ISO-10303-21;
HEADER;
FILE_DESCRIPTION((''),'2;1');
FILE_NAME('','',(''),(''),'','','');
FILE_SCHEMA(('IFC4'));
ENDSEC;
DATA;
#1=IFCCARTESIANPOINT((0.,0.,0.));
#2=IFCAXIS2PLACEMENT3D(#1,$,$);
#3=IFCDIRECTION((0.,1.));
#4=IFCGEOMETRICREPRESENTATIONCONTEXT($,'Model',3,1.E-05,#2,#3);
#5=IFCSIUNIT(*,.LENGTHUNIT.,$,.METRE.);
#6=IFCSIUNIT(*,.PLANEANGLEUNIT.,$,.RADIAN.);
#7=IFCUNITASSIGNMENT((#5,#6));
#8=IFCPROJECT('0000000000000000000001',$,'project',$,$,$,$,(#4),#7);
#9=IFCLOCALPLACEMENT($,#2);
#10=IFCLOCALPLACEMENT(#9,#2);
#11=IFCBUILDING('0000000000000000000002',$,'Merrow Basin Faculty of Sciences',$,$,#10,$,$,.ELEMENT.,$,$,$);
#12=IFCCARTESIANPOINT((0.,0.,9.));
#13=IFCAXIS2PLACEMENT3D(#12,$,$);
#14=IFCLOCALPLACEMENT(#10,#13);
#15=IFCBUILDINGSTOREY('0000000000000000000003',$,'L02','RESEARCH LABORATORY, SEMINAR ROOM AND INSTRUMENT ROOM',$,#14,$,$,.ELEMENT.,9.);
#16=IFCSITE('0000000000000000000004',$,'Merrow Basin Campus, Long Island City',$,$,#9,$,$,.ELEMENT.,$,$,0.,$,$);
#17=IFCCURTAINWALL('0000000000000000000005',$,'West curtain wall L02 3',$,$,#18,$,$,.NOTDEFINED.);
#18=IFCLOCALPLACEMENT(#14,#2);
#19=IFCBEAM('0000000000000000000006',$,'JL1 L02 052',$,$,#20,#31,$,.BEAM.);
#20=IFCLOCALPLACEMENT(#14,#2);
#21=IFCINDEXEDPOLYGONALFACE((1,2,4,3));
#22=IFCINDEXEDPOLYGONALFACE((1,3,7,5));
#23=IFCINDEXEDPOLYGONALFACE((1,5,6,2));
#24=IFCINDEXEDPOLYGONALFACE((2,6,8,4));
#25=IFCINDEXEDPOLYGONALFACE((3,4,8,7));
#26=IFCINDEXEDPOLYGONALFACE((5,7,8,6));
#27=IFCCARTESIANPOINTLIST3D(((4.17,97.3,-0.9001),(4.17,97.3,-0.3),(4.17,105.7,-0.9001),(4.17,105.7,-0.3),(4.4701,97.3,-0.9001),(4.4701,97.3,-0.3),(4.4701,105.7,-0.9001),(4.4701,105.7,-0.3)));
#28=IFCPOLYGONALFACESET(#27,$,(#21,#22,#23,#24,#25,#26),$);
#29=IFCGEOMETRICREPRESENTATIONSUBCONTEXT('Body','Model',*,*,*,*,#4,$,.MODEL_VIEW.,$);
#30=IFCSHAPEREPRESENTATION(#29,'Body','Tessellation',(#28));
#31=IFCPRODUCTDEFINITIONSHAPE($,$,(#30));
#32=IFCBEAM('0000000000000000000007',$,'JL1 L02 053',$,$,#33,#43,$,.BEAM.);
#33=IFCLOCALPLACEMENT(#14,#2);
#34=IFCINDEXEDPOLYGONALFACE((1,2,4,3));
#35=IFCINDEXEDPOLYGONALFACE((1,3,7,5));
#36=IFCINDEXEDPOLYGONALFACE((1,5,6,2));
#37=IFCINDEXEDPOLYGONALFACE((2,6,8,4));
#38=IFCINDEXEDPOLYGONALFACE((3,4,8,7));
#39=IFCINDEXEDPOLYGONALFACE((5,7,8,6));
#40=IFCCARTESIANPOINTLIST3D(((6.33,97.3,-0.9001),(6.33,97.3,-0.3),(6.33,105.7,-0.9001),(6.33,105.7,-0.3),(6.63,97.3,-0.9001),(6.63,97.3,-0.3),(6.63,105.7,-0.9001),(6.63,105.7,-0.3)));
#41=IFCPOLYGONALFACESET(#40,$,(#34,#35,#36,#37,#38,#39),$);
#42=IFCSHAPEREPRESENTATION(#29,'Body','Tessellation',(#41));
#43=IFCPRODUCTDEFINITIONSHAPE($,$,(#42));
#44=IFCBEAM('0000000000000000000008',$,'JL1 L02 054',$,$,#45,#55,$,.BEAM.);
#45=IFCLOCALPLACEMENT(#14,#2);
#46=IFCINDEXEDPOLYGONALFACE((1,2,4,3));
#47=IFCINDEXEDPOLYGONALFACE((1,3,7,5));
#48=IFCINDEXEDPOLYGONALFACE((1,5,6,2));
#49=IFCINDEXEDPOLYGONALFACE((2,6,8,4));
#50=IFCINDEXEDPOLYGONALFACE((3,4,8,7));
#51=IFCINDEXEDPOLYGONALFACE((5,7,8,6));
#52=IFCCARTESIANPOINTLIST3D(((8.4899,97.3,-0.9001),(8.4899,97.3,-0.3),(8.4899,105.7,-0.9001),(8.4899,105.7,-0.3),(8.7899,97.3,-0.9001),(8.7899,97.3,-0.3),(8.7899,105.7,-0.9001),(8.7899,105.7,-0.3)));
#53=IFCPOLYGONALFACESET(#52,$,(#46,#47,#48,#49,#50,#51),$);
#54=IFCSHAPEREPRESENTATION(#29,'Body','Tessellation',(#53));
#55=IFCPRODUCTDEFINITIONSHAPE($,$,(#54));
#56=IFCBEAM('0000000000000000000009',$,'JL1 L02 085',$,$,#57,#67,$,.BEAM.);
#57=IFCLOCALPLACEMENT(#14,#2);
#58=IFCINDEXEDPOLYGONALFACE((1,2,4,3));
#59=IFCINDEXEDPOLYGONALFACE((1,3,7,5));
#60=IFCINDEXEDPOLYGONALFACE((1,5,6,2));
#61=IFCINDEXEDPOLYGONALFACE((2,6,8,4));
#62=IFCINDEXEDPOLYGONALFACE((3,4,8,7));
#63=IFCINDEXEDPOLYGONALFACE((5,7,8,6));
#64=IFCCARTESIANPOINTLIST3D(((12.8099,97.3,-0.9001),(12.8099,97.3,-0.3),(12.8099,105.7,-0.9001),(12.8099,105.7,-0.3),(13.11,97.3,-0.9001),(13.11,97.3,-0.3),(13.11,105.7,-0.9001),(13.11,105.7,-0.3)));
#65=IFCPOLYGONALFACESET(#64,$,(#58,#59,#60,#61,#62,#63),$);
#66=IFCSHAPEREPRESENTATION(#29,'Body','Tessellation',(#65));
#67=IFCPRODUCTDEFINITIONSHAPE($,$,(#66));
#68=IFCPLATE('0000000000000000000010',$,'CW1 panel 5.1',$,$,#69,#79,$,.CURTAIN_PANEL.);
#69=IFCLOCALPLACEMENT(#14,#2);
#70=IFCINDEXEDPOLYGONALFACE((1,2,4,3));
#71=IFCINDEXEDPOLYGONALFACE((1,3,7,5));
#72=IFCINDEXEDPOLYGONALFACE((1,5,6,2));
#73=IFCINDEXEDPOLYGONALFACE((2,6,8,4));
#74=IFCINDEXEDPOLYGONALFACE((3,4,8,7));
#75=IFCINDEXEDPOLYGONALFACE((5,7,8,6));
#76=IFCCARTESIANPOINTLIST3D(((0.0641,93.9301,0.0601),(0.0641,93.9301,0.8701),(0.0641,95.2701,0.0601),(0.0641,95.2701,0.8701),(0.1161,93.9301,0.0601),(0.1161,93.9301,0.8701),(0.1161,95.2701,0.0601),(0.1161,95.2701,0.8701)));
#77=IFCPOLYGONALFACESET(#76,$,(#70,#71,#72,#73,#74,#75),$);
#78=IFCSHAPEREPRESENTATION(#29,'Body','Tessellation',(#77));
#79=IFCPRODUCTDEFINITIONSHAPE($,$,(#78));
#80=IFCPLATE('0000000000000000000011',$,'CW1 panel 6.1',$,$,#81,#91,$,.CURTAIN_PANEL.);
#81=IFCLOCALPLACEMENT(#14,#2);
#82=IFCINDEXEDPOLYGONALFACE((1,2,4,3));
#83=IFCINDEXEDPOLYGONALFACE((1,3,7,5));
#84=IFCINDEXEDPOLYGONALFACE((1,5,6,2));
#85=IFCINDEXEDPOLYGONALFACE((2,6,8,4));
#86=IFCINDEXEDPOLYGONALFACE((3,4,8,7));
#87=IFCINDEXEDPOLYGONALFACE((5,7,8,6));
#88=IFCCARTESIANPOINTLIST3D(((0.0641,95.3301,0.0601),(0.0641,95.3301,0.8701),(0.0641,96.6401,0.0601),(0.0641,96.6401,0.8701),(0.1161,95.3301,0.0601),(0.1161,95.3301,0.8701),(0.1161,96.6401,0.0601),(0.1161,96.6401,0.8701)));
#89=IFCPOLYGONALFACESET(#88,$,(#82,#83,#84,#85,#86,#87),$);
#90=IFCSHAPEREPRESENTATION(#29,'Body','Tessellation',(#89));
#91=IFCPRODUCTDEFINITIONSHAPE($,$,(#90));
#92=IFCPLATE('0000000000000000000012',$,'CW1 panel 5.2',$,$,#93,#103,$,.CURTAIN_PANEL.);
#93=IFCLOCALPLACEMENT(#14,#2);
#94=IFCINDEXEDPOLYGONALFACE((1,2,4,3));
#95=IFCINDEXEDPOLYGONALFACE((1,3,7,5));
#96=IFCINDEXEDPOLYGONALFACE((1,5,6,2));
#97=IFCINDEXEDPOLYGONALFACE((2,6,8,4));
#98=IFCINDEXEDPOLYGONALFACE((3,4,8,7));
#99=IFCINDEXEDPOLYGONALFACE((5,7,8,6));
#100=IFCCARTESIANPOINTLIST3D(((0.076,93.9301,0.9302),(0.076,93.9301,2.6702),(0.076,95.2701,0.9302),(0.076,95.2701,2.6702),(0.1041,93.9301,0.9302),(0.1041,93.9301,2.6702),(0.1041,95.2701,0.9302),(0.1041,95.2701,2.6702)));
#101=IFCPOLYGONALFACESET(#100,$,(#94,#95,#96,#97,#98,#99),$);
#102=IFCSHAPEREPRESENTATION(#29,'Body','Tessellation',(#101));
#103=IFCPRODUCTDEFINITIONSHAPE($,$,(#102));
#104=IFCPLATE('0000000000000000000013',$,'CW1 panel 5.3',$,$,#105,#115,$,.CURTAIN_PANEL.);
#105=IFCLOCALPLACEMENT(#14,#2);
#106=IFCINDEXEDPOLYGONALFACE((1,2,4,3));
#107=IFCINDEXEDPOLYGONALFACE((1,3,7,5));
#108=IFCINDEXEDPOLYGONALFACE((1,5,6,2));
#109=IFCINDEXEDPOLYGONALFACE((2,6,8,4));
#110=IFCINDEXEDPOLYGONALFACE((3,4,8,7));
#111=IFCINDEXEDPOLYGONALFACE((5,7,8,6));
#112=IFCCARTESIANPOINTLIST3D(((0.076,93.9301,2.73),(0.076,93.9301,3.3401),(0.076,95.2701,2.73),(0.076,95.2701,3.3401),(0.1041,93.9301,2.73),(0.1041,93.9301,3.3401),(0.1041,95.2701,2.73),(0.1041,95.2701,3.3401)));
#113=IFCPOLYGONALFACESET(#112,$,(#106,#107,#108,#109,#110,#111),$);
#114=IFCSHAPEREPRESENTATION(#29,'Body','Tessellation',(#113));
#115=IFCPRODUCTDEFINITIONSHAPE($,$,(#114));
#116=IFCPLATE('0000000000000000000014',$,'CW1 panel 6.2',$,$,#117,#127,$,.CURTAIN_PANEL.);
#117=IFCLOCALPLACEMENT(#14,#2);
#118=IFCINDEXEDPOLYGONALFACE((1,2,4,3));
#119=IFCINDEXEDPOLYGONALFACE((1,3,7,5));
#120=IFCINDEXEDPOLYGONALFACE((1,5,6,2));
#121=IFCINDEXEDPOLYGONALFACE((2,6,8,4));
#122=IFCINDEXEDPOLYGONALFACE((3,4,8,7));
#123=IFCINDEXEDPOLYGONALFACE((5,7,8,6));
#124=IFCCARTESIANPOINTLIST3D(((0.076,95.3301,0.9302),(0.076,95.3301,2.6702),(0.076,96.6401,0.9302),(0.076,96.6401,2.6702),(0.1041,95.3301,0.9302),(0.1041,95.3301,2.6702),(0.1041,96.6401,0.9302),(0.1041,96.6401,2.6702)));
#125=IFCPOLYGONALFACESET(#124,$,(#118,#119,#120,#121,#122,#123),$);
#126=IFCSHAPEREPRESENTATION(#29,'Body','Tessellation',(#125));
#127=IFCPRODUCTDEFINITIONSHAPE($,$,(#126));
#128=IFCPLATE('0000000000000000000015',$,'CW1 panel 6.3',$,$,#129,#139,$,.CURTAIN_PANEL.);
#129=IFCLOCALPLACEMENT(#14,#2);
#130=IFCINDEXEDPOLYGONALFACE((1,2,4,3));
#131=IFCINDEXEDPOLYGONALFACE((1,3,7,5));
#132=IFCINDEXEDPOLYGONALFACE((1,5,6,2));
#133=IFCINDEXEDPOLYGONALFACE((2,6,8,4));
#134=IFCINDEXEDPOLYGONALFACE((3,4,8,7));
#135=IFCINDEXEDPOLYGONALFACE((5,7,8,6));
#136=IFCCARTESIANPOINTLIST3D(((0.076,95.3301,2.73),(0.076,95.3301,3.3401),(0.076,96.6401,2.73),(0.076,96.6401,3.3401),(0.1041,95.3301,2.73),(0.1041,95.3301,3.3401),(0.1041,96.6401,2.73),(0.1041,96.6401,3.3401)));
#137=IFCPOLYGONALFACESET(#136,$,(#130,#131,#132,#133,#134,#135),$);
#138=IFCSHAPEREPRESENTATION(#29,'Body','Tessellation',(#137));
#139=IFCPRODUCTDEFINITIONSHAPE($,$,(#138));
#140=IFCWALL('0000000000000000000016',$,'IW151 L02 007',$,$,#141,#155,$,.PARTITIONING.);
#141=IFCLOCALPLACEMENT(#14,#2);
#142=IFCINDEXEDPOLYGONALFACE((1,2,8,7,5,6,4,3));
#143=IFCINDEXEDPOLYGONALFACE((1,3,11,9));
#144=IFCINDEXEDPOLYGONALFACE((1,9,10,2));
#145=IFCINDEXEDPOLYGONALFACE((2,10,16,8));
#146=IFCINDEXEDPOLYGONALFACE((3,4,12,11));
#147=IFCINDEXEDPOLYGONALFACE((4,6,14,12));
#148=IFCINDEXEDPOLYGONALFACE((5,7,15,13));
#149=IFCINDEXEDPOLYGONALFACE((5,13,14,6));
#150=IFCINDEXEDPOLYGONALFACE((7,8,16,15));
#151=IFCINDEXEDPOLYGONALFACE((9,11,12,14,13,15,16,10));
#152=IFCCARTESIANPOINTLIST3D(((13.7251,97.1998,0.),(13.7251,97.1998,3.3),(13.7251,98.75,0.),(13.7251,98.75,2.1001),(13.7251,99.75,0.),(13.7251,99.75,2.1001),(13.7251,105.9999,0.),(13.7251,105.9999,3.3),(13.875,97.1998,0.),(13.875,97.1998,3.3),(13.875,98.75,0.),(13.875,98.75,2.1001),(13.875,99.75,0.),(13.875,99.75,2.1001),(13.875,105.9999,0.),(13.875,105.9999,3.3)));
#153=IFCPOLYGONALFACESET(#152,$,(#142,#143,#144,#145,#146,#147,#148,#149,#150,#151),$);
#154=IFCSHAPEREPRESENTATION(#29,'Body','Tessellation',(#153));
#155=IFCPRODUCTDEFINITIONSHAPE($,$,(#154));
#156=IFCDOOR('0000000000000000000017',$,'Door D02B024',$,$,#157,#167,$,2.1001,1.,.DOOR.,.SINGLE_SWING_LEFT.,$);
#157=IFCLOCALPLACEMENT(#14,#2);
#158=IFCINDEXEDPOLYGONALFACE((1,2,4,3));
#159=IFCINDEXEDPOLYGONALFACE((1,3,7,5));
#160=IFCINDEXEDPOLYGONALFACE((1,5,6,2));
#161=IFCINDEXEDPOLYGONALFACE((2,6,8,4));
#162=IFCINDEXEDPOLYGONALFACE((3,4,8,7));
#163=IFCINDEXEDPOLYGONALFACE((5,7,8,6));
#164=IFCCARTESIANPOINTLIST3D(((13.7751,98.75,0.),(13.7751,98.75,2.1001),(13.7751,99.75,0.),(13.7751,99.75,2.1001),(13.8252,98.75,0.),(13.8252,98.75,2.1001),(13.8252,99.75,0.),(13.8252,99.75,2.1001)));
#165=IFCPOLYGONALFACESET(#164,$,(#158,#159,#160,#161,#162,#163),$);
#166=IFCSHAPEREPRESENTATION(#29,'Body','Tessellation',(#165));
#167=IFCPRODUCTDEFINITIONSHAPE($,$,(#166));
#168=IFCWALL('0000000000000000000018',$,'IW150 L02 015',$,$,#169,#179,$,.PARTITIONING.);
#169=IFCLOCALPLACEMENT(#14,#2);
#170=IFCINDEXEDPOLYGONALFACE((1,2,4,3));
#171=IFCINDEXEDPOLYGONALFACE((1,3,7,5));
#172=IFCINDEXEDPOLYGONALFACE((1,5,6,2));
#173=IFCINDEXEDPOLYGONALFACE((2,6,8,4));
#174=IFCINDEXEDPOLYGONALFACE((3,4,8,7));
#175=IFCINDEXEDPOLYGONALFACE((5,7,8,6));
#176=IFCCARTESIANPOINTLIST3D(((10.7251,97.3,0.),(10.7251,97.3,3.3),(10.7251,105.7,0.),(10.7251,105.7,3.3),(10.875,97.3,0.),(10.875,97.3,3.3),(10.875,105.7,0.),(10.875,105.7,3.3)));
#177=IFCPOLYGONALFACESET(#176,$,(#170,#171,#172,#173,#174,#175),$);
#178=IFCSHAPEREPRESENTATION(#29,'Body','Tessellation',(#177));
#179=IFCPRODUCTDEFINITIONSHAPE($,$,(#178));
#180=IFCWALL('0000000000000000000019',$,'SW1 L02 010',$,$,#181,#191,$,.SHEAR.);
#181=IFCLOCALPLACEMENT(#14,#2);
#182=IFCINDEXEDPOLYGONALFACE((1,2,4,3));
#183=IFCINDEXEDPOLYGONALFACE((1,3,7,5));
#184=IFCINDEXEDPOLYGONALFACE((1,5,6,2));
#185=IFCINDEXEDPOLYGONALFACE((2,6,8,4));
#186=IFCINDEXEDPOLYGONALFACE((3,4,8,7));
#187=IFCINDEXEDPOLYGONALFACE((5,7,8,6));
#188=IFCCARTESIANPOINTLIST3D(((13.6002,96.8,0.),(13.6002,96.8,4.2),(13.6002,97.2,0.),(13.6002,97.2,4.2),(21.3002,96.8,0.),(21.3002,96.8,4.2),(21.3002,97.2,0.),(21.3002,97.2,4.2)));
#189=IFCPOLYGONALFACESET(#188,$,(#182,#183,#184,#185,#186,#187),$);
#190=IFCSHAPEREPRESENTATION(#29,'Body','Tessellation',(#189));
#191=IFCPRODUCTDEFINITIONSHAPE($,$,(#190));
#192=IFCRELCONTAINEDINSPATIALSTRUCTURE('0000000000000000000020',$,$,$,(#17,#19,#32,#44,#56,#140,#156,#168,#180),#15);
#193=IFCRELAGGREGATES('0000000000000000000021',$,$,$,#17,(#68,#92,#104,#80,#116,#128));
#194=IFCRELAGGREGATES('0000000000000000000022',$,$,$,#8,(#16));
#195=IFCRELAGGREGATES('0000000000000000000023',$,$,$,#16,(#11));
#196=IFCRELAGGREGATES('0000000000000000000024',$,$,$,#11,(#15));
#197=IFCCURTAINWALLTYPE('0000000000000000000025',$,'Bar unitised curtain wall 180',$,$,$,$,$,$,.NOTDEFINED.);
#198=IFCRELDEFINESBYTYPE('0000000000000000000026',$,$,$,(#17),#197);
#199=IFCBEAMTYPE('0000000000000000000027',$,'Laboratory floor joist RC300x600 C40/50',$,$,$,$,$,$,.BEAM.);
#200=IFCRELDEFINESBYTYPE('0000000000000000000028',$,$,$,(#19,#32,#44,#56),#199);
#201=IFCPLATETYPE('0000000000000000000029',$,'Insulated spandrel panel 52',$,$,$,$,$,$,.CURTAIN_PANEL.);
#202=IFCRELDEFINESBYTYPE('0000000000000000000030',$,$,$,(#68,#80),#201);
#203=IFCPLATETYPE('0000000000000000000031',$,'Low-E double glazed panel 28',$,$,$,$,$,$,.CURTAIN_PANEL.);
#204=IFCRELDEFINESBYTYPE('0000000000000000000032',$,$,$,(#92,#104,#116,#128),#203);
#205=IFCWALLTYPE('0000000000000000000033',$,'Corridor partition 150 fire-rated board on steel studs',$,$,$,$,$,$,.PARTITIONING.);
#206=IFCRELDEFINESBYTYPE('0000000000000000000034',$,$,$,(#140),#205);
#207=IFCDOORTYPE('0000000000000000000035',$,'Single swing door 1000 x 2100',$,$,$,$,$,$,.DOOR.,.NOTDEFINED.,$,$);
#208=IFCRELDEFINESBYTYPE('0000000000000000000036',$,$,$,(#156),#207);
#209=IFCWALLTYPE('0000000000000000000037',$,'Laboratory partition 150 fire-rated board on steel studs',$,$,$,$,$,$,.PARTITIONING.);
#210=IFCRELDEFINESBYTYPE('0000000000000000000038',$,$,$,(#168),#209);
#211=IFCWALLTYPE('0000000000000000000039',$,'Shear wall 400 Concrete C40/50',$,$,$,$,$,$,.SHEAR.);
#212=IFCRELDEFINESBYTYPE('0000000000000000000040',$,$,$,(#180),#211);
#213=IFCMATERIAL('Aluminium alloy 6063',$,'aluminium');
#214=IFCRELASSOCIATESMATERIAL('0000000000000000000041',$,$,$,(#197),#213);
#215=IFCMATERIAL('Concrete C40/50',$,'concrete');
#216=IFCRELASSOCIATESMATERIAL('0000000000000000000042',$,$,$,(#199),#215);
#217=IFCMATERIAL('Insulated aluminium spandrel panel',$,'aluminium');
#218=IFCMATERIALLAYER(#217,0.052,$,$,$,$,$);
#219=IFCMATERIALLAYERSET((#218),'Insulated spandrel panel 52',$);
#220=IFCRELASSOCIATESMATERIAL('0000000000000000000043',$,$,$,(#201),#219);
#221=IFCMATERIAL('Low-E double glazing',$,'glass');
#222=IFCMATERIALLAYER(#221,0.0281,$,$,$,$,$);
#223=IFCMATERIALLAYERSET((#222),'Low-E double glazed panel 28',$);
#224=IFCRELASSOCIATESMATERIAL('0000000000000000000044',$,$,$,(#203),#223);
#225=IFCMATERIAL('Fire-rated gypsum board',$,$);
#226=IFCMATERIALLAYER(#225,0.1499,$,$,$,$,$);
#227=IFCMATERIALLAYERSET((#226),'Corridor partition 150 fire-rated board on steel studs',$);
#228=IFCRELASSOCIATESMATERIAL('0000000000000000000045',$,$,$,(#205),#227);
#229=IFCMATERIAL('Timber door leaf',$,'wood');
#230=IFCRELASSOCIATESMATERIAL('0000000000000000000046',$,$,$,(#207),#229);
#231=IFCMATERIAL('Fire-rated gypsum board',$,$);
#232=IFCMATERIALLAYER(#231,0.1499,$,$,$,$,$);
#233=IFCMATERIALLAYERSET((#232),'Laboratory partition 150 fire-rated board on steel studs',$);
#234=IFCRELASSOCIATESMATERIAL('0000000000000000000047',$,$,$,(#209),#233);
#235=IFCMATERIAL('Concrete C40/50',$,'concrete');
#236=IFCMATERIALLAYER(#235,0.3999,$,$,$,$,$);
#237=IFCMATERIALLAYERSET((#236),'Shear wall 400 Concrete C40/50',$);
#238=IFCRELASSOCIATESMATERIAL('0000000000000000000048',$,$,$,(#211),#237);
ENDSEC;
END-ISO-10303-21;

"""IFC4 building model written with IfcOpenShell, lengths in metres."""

from ifc_helpers import new_model, si_unit, direction, frame, frame_2d, origin, origin_2d, place, context, subcontext, project, spatial, rectangle, extrude, material, layer, layer_set, material_profile, profile_set, type_object, element, fill, aggregate, save


model = new_model("IFC4")

# Units and contexts
model_context = context("Model", 3, precision=1e-05, world=origin(), true_north=direction((0.0, 1.0)))
body_context = subcontext(model_context, "Body", "Model", "MODEL_VIEW")
ifc_project = project(units=[si_unit("LENGTHUNIT", "METRE"), si_unit("PLANEANGLEUNIT", "RADIAN")], contexts=[model_context])

# Site, building, storey
site_placement = place(None, origin())
site = spatial("IfcSite", under=ifc_project, at=site_placement, Name="Merrow Basin Campus, Long Island City", CompositionType="ELEMENT", RefElevation=0.0)
building_placement = place(site_placement, origin())
building = spatial("IfcBuilding", under=site, at=building_placement, Name="Merrow Basin Faculty of Sciences", CompositionType="ELEMENT")
storey_placement = place(building_placement, frame((0.0, 0.0, 9.0)))
storey = spatial("IfcBuildingStorey", under=building, at=storey_placement, Name="L02", Description="RESEARCH LABORATORY, SEMINAR ROOM AND INSTRUMENT ROOM", CompositionType="ELEMENT", Elevation=9.0)

# Curtain wall
ifc_material_1 = material(Name="Aluminium alloy 6063", Category="aluminium")
curtain_wall_type = type_object("IfcCurtainWallType", Name="Bar unitised curtain wall 180", PredefinedType="NOTDEFINED", material=ifc_material_1)
curtain_wall_1_placement = place(storey_placement, origin())
curtain_wall_1 = element("IfcCurtainWall", 1, at=curtain_wall_1_placement, inside=storey, type_object=curtain_wall_type, Name="West curtain wall L02 3", PredefinedType="NOTDEFINED")

# Beams
ifc_material_2 = material(Name="Concrete C40/50", Category="concrete")
ifc_material_profile_1 = material_profile(ifc_material_2, rectangle(XDim=0.3, YDim=0.6001, at=origin_2d()))
ifc_profile_set_1 = profile_set([ifc_material_profile_1], Name="Concrete C40/50")
beam_type_1 = type_object("IfcBeamType", Name="Laboratory floor joist RC300x600 C40/50", PredefinedType="BEAM", material=ifc_profile_set_1)
for number, where, z_axis, x_axis, name in (
    (2, (4.3201, 97.3, -0.6001), (0.0, 1.0, 0.0), (-1.0, 0.0, 0.0), "JL1 L02 052"),
    (3, (6.48, 97.3, -0.6001), (0.0, 1.0, 0.0), (-1.0, 0.0, 0.0), "JL1 L02 053"),
    (4, (8.6399, 97.3, -0.6001), (0.0, 1.0, 0.0), (-1.0, 0.0, 0.0), "JL1 L02 054"),
    (5, (12.96, 97.3, -0.6001), (0.0, 1.0, 0.0), (-1.0, 0.0, 0.0), "JL1 L02 085"),
):
    element("IfcBeam", number, at=place(storey_placement, frame(where, z_axis=z_axis, x_axis=x_axis)), inside=storey, type_object=beam_type_1, Name=name, PredefinedType="BEAM", context=body_context, shape_type="SweptSolid", body=[
        extrude(rectangle(XDim=0.3, YDim=0.6001, at=origin_2d()), origin(), (0.0, 0.0, 1.0), 8.3999),
    ])

# Plates
ifc_material_3 = material(Name="Insulated aluminium spandrel panel", Category="aluminium")
ifc_layer_1 = layer(ifc_material_3, 0.052)
ifc_layer_set_1 = layer_set([ifc_layer_1], Name="Insulated spandrel panel 52")
plate_type_1 = type_object("IfcPlateType", Name="Insulated spandrel panel 52", PredefinedType="CURTAIN_PANEL", material=ifc_layer_set_1)
plate_1_placement = place(storey_placement, frame((0.0901, 94.6001, 0.0601), z_axis=(0.0, 0.0, 1.0), x_axis=(0.0, 1.0, 0.0)))
plate_1 = element("IfcPlate", 6, at=plate_1_placement, type_object=plate_type_1, Name="CW1 panel 5.1", PredefinedType="CURTAIN_PANEL", context=body_context, shape_type="SweptSolid", body=[
    extrude(rectangle(XDim=1.3401, YDim=0.052, at=origin_2d()), origin(), (0.0, 0.0, 1.0), 0.8101),
])
plate_2_placement = place(storey_placement, frame((0.0901, 95.9851, 0.0601), z_axis=(0.0, 0.0, 1.0), x_axis=(0.0, 1.0, 0.0)))
plate_2 = element("IfcPlate", 7, at=plate_2_placement, type_object=plate_type_1, Name="CW1 panel 6.1", PredefinedType="CURTAIN_PANEL", context=body_context, shape_type="SweptSolid", body=[
    extrude(rectangle(XDim=1.3101, YDim=0.052, at=origin_2d()), origin(), (0.0, 0.0, 1.0), 0.8101),
])
ifc_material_4 = material(Name="Low-E double glazing", Category="glass")
ifc_layer_2 = layer(ifc_material_4, 0.0281)
ifc_layer_set_2 = layer_set([ifc_layer_2], Name="Low-E double glazed panel 28")
plate_type_2 = type_object("IfcPlateType", Name="Low-E double glazed panel 28", PredefinedType="CURTAIN_PANEL", material=ifc_layer_set_2)
plate_3_placement = place(storey_placement, frame((0.0901, 94.6001, 0.9302), z_axis=(0.0, 0.0, 1.0), x_axis=(0.0, 1.0, 0.0)))
plate_3 = element("IfcPlate", 8, at=plate_3_placement, type_object=plate_type_2, Name="CW1 panel 5.2", PredefinedType="CURTAIN_PANEL", context=body_context, shape_type="SweptSolid", body=[
    extrude(rectangle(XDim=1.3401, YDim=0.0281, at=origin_2d()), origin(), (0.0, 0.0, 1.0), 1.74),
])
plate_4_placement = place(storey_placement, frame((0.0901, 94.6001, 2.73), z_axis=(0.0, 0.0, 1.0), x_axis=(0.0, 1.0, 0.0)))
plate_4 = element("IfcPlate", 9, at=plate_4_placement, type_object=plate_type_2, Name="CW1 panel 5.3", PredefinedType="CURTAIN_PANEL", context=body_context, shape_type="SweptSolid", body=[
    extrude(rectangle(XDim=1.3401, YDim=0.0281, at=origin_2d()), origin(), (0.0, 0.0, 1.0), 0.6101),
])
plate_5_placement = place(storey_placement, frame((0.0901, 95.9851, 0.9302), z_axis=(0.0, 0.0, 1.0), x_axis=(0.0, 1.0, 0.0)))
plate_5 = element("IfcPlate", 10, at=plate_5_placement, type_object=plate_type_2, Name="CW1 panel 6.2", PredefinedType="CURTAIN_PANEL", context=body_context, shape_type="SweptSolid", body=[
    extrude(rectangle(XDim=1.3101, YDim=0.0281, at=origin_2d()), origin(), (0.0, 0.0, 1.0), 1.74),
])
plate_6_placement = place(storey_placement, frame((0.0901, 95.9851, 2.73), z_axis=(0.0, 0.0, 1.0), x_axis=(0.0, 1.0, 0.0)))
plate_6 = element("IfcPlate", 11, at=plate_6_placement, type_object=plate_type_2, Name="CW1 panel 6.3", PredefinedType="CURTAIN_PANEL", context=body_context, shape_type="SweptSolid", body=[
    extrude(rectangle(XDim=1.3101, YDim=0.0281, at=origin_2d()), origin(), (0.0, 0.0, 1.0), 0.6101),
])
aggregate(curtain_wall_1, [plate_1, plate_3, plate_4, plate_2, plate_5, plate_6])

# Wall, opening, door
ifc_material_5 = material(Name="Fire-rated gypsum board")
ifc_layer_3 = layer(ifc_material_5, 0.1499)
ifc_layer_set_3 = layer_set([ifc_layer_3], Name="Corridor partition 150 fire-rated board on steel studs")
wall_type_1 = type_object("IfcWallType", Name="Corridor partition 150 fire-rated board on steel studs", PredefinedType="PARTITIONING", material=ifc_layer_set_3)
wall_1_placement = place(storey_placement, frame((13.8, 97.2, 0.0), z_axis=(0.0, 0.0, 1.0), x_axis=(0.0, 1.0, 0.0)))
wall_1 = element("IfcWall", 12, at=wall_1_placement, inside=storey, type_object=wall_type_1, Name="IW151 L02 007", PredefinedType="PARTITIONING", context=body_context, shape_type="SweptSolid", body=[
    extrude(rectangle(XDim=8.8, YDim=0.1499, at=frame_2d((4.3999, 0.0))), origin(), (0.0, 0.0, 1.0), 3.3),
])
opening_placement = place(wall_1_placement, frame((1.55, 0.0, 0.0)))
opening = element("IfcOpeningElement", 13, at=opening_placement, cuts=wall_1, PredefinedType="OPENING", context=body_context, shape_type="SweptSolid", body=[
    extrude(rectangle(XDim=1.0, YDim=2.1001, at=frame_2d((0.5, 1.05))), frame((0.0, 0.085, 0.0), z_axis=(0.0, -1.0, 0.0), x_axis=(1.0, 0.0, 0.0)), (0.0, 0.0, 1.0), 0.1699),
])
ifc_material_6 = material(Name="Timber door leaf", Category="wood")
door_type = type_object("IfcDoorType", Name="Single swing door 1000 x 2100", OperationType="NOTDEFINED", PredefinedType="DOOR", material=ifc_material_6)
door_placement = place(opening_placement, origin())
door = element("IfcDoor", 14, at=door_placement, inside=storey, type_object=door_type, Name="Door D02B024", OperationType="SINGLE_SWING_LEFT", OverallHeight=2.1001, OverallWidth=1.0, PredefinedType="DOOR", context=body_context, shape_type="SweptSolid", body=[
    extrude(rectangle(XDim=1.0, YDim=2.1001, at=frame_2d((0.5, 1.05))), frame((0.0, 0.0249, 0.0), z_axis=(0.0, -1.0, 0.0), x_axis=(1.0, 0.0, 0.0)), (0.0, 0.0, 1.0), 0.05),
])
fill(opening, door)

# Walls
ifc_material_7 = material(Name="Fire-rated gypsum board")
ifc_layer_4 = layer(ifc_material_7, 0.1499)
ifc_layer_set_4 = layer_set([ifc_layer_4], Name="Laboratory partition 150 fire-rated board on steel studs")
wall_type_2 = type_object("IfcWallType", Name="Laboratory partition 150 fire-rated board on steel studs", PredefinedType="PARTITIONING", material=ifc_layer_set_4)
wall_2_placement = place(storey_placement, frame((10.8, 97.3, 0.0), z_axis=(0.0, 0.0, 1.0), x_axis=(0.0, 1.0, 0.0)))
element("IfcWall", 15, at=wall_2_placement, inside=storey, type_object=wall_type_2, Name="IW150 L02 015", PredefinedType="PARTITIONING", context=body_context, shape_type="SweptSolid", body=[
    extrude(rectangle(XDim=8.3999, YDim=0.1499, at=frame_2d((4.2, 0.0))), origin(), (0.0, 0.0, 1.0), 3.3),
])
ifc_material_8 = material(Name="Concrete C40/50", Category="concrete")
ifc_layer_5 = layer(ifc_material_8, 0.3999)
ifc_layer_set_5 = layer_set([ifc_layer_5], Name="Shear wall 400 Concrete C40/50")
wall_type_3 = type_object("IfcWallType", Name="Shear wall 400 Concrete C40/50", PredefinedType="SHEAR", material=ifc_layer_set_5)
wall_3_placement = place(storey_placement, frame((13.6001, 97.0, 0.0), z_axis=(0.0, 0.0, 1.0), x_axis=(1.0, 0.0, 0.0)))
element("IfcWall", 16, at=wall_3_placement, inside=storey, type_object=wall_type_3, Name="SW1 L02 010", PredefinedType="SHEAR", context=body_context, shape_type="SweptSolid", body=[
    extrude(rectangle(XDim=7.7, YDim=0.3999, at=frame_2d((3.8501, 0.0))), origin(), (0.0, 0.0, 1.0), 4.2),
])

save(model, "model.ifc")
